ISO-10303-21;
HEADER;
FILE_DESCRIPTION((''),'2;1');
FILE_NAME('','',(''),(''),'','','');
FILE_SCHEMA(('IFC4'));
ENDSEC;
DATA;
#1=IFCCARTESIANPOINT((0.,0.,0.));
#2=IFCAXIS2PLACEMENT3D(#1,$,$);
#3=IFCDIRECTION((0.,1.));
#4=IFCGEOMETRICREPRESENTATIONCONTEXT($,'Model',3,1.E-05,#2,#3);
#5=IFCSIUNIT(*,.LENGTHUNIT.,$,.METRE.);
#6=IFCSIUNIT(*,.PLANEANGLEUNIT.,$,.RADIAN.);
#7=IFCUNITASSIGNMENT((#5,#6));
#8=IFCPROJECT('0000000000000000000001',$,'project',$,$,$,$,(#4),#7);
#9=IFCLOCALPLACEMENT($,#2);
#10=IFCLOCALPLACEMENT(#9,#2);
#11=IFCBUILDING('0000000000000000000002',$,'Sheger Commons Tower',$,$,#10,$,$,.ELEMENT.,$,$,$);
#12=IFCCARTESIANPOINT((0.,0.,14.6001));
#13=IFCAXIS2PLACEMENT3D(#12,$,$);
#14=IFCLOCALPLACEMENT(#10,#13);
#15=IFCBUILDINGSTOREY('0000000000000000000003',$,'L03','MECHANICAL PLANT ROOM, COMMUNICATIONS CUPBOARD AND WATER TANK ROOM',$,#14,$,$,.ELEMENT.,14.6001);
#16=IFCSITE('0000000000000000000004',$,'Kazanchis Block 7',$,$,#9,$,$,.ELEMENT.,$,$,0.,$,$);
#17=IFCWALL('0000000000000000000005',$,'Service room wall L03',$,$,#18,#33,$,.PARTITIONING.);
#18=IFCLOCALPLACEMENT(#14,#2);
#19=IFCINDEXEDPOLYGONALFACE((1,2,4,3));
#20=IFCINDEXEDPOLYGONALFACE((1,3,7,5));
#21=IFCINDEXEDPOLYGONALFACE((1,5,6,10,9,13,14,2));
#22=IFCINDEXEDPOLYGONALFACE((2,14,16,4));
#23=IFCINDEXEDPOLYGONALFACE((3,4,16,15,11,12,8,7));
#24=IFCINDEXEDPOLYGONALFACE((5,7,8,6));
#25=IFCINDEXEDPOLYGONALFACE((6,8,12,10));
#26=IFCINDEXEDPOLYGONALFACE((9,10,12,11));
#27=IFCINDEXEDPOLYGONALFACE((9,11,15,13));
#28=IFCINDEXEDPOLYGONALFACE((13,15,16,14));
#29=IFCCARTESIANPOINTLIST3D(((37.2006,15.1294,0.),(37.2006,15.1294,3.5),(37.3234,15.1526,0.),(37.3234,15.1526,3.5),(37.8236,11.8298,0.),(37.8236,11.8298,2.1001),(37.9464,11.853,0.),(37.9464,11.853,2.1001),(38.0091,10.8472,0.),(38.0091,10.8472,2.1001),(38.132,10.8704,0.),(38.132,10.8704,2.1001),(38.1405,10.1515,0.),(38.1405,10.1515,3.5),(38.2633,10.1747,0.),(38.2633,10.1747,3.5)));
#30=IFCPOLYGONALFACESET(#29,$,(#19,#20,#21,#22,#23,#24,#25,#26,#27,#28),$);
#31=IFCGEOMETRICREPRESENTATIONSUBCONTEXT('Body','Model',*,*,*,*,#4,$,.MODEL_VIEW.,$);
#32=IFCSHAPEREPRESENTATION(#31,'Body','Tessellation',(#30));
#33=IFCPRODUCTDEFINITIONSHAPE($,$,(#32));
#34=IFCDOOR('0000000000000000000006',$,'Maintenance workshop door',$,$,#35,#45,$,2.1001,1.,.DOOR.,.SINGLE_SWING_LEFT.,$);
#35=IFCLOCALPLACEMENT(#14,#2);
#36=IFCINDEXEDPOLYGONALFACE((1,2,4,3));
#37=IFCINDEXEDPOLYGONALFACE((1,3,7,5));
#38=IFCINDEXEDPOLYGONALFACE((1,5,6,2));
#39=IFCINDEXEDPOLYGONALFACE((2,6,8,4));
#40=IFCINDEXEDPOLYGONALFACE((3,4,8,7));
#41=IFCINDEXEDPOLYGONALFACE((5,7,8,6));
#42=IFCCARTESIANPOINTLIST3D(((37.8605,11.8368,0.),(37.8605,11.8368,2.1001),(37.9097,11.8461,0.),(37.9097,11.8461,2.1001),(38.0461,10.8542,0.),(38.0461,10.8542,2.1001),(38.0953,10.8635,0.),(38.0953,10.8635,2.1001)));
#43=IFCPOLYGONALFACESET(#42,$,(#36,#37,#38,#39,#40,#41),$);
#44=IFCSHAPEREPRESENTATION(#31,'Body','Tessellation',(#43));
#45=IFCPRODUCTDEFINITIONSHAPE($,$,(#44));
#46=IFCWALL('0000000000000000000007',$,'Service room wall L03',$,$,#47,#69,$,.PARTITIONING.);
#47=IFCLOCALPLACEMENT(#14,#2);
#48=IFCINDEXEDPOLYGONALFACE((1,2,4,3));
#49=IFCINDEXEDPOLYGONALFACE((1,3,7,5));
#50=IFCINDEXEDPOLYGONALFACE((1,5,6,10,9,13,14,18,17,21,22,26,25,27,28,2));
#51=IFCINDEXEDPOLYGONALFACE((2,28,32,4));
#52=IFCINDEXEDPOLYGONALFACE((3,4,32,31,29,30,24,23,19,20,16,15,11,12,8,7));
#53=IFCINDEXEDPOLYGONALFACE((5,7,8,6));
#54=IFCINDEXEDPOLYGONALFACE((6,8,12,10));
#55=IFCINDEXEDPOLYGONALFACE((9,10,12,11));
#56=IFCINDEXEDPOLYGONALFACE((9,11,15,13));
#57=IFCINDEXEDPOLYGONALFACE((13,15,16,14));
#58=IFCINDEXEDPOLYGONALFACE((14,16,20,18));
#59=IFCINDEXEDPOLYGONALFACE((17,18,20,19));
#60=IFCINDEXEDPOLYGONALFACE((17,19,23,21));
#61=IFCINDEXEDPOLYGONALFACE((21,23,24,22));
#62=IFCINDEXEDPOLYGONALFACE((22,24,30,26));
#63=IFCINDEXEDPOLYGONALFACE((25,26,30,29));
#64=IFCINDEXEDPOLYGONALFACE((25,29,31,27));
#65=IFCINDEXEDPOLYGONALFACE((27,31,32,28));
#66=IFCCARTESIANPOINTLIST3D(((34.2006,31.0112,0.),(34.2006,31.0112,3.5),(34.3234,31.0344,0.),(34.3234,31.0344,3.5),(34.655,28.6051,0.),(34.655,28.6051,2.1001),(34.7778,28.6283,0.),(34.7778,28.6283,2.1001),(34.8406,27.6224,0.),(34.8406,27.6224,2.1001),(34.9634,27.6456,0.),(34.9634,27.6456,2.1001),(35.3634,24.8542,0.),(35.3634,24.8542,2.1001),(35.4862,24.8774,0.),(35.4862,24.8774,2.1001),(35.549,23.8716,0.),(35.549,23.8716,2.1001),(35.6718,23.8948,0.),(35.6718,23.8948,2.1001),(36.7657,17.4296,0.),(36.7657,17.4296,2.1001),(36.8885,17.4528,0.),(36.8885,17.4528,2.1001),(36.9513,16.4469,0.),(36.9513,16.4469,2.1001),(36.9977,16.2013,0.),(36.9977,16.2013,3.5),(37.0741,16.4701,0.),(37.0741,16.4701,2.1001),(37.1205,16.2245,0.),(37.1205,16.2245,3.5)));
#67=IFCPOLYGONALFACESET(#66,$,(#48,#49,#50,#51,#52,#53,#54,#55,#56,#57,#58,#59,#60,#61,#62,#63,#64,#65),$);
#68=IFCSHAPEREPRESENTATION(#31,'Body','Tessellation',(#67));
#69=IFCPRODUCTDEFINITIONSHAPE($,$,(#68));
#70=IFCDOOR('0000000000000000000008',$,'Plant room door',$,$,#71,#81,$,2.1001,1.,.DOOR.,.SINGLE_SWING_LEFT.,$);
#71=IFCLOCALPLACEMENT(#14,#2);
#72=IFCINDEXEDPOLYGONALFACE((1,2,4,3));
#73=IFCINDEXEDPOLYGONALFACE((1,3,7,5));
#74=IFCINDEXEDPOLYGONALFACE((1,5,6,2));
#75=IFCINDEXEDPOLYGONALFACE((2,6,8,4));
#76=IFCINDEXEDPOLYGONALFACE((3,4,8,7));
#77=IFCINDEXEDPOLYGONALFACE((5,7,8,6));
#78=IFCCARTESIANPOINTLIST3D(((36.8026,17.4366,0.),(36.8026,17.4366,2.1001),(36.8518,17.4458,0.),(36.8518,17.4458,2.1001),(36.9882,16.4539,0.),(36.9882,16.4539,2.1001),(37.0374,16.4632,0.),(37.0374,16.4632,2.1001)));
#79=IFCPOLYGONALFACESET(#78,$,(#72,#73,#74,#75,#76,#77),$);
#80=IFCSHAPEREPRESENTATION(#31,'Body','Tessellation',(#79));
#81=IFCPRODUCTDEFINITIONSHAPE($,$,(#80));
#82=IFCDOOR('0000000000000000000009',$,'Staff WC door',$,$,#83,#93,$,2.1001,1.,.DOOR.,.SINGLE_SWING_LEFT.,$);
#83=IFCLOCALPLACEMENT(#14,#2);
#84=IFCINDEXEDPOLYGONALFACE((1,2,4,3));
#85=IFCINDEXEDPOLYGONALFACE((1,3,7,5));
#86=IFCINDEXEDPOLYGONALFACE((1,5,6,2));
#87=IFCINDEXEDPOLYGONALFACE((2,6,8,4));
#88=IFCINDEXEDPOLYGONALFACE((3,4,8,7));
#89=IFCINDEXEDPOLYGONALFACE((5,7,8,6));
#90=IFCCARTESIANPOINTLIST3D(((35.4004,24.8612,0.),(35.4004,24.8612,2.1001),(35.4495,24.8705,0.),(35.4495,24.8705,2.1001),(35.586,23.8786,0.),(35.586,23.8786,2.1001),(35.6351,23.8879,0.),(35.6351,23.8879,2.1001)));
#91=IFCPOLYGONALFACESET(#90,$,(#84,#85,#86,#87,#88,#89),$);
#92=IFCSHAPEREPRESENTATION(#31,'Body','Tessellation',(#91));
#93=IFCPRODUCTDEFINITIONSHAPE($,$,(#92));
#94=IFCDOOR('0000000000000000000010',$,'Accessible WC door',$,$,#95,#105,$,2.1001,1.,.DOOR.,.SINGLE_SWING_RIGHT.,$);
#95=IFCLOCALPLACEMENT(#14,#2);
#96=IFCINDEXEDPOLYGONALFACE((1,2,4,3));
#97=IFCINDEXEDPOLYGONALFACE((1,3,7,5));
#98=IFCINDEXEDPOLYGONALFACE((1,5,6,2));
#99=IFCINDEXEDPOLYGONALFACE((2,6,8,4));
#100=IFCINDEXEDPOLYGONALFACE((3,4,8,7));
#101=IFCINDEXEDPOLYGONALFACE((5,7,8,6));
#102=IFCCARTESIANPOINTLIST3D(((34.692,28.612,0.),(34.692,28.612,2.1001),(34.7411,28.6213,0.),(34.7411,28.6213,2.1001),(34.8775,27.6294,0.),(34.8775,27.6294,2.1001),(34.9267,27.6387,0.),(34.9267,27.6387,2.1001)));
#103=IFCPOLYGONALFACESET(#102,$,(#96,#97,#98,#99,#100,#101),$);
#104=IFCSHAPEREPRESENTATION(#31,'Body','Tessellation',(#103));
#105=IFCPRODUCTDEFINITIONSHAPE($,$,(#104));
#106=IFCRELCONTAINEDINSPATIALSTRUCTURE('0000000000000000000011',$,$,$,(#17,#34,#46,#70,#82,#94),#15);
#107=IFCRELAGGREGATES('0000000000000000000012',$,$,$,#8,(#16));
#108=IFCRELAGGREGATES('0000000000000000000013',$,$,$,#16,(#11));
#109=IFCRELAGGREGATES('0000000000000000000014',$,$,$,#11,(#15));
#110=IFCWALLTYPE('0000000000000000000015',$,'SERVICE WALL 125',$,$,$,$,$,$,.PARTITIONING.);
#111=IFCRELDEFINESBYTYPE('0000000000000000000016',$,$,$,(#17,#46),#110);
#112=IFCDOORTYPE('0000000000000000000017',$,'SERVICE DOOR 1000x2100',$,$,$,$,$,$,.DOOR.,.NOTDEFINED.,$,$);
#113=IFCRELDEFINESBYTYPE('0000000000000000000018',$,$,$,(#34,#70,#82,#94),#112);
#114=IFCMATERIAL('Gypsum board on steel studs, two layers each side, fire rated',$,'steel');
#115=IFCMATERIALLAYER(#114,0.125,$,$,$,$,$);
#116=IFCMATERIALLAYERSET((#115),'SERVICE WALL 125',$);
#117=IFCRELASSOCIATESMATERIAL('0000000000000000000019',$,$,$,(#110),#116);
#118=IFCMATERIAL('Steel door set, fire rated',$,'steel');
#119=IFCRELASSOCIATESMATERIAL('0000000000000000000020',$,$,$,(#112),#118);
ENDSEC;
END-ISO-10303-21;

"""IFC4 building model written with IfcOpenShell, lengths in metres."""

from ifc_helpers import new_model, si_unit, direction, frame, frame_2d, origin, place, context, subcontext, project, spatial, rectangle, extrude, material, layer, layer_set, type_object, element, fill, save


model = new_model("IFC4")

# Units and contexts
model_context = context("Model", 3, precision=1e-05, world=origin(), true_north=direction((0.0, 1.0)))
body_context = subcontext(model_context, "Body", "Model", "MODEL_VIEW")
ifc_project = project(units=[si_unit("LENGTHUNIT", "METRE"), si_unit("PLANEANGLEUNIT", "RADIAN")], contexts=[model_context])

# Site, building, storey
site_placement = place(None, origin())
site = spatial("IfcSite", under=ifc_project, at=site_placement, Name="Kazanchis Block 7", CompositionType="ELEMENT", RefElevation=0.0)
building_placement = place(site_placement, origin())
building = spatial("IfcBuilding", under=site, at=building_placement, Name="Sheger Commons Tower", CompositionType="ELEMENT")
storey_placement = place(building_placement, frame((0.0, 0.0, 14.6001)))
storey = spatial("IfcBuildingStorey", under=building, at=storey_placement, Name="L03", Description="MECHANICAL PLANT ROOM, COMMUNICATIONS CUPBOARD AND WATER TANK ROOM", CompositionType="ELEMENT", Elevation=14.6001)

# Wall, opening, door
ifc_material_1 = material(Name="Gypsum board on steel studs, two layers each side, fire rated", Category="steel")
ifc_layer_1 = layer(ifc_material_1, 0.125)
ifc_layer_set_1 = layer_set([ifc_layer_1], Name="SERVICE WALL 125")
wall_type_1 = type_object("IfcWallType", Name="SERVICE WALL 125", PredefinedType="PARTITIONING", material=ifc_layer_set_1)
wall_1_placement = place(storey_placement, frame((38.2019, 10.1631, 0.0), z_axis=(0.0, 0.0, 1.0), x_axis=(-0.18554, 0.982637, 0.0)))
wall_1 = element("IfcWall", 1, at=wall_1_placement, inside=storey, type_object=wall_type_1, Name="Service room wall L03", PredefinedType="PARTITIONING", context=body_context, shape_type="SweptSolid", body=[
    extrude(rectangle(XDim=5.0659, YDim=0.125, at=frame_2d((2.533, 0.0))), origin(), (0.0, 0.0, 1.0), 3.5),
])
opening_1_placement = place(wall_1_placement, frame((0.708, 0.0, 0.0)))
opening_1 = element("IfcOpeningElement", 2, at=opening_1_placement, cuts=wall_1, PredefinedType="OPENING", context=body_context, shape_type="SweptSolid", body=[
    extrude(rectangle(XDim=1.0, YDim=2.1001, at=frame_2d((0.5, 1.05))), frame((0.0, 0.0725, 0.0), z_axis=(0.0, -1.0, 0.0), x_axis=(1.0, 0.0, 0.0)), (0.0, 0.0, 1.0), 0.145),
])
ifc_material_2 = material(Name="Steel door set, fire rated", Category="steel")
door_type = type_object("IfcDoorType", Name="SERVICE DOOR 1000x2100", OperationType="NOTDEFINED", PredefinedType="DOOR", material=ifc_material_2)
door_1_placement = place(opening_1_placement, origin())
door_1 = element("IfcDoor", 3, at=door_1_placement, inside=storey, type_object=door_type, Name="Maintenance workshop door", OperationType="SINGLE_SWING_LEFT", OverallHeight=2.1001, OverallWidth=1.0, PredefinedType="DOOR", context=body_context, shape_type="SweptSolid", body=[
    extrude(rectangle(XDim=1.0, YDim=2.1001, at=frame_2d((0.5, 1.05))), frame((0.0, 0.0249, 0.0), z_axis=(0.0, -1.0, 0.0), x_axis=(1.0, 0.0, 0.0)), (0.0, 0.0, 1.0), 0.05),
])
fill(opening_1, door_1)

# Wall, openings, doors
wall_2_placement = place(storey_placement, frame((37.0591, 16.2129, 0.0), z_axis=(0.0, 0.0, 1.0), x_axis=(-0.185585, 0.982628, 0.0)))
wall_2 = element("IfcWall", 4, at=wall_2_placement, inside=storey, type_object=wall_type_1, Name="Service room wall L03", PredefinedType="PARTITIONING", context=body_context, shape_type="SweptSolid", body=[
    extrude(rectangle(XDim=15.0718, YDim=0.125, at=frame_2d((7.5359, 0.0))), origin(), (0.0, 0.0, 1.0), 3.5),
])
opening_2_placement = place(wall_2_placement, frame((0.25, 0.0, 0.0)))
opening_2 = element("IfcOpeningElement", 5, at=opening_2_placement, cuts=wall_2, PredefinedType="OPENING", context=body_context, shape_type="SweptSolid", body=[
    extrude(rectangle(XDim=1.0, YDim=2.1001, at=frame_2d((0.5, 1.05))), frame((0.0, 0.0725, 0.0), z_axis=(0.0, -1.0, 0.0), x_axis=(1.0, 0.0, 0.0)), (0.0, 0.0, 1.0), 0.145),
])
opening_3_placement = place(wall_2_placement, frame((7.8059, 0.0, 0.0)))
opening_3 = element("IfcOpeningElement", 6, at=opening_3_placement, cuts=wall_2, PredefinedType="OPENING", context=body_context, shape_type="SweptSolid", body=[
    extrude(rectangle(XDim=1.0, YDim=2.1001, at=frame_2d((0.5, 1.05))), frame((0.0, 0.0725, 0.0), z_axis=(0.0, -1.0, 0.0), x_axis=(1.0, 0.0, 0.0)), (0.0, 0.0, 1.0), 0.145),
])
opening_4_placement = place(wall_2_placement, frame((11.623, 0.0, 0.0)))
opening_4 = element("IfcOpeningElement", 7, at=opening_4_placement, cuts=wall_2, PredefinedType="OPENING", context=body_context, shape_type="SweptSolid", body=[
    extrude(rectangle(XDim=1.0, YDim=2.1001, at=frame_2d((0.5, 1.05))), frame((0.0, 0.0725, 0.0), z_axis=(0.0, -1.0, 0.0), x_axis=(1.0, 0.0, 0.0)), (0.0, 0.0, 1.0), 0.145),
])
door_2_placement = place(opening_2_placement, origin())
door_2 = element("IfcDoor", 8, at=door_2_placement, inside=storey, type_object=door_type, Name="Plant room door", OperationType="SINGLE_SWING_LEFT", OverallHeight=2.1001, OverallWidth=1.0, PredefinedType="DOOR", context=body_context, shape_type="SweptSolid", body=[
    extrude(rectangle(XDim=1.0, YDim=2.1001, at=frame_2d((0.5, 1.05))), frame((0.0, 0.0249, 0.0), z_axis=(0.0, -1.0, 0.0), x_axis=(1.0, 0.0, 0.0)), (0.0, 0.0, 1.0), 0.05),
])
fill(opening_2, door_2)
door_3_placement = place(opening_3_placement, origin())
door_3 = element("IfcDoor", 9, at=door_3_placement, inside=storey, type_object=door_type, Name="Staff WC door", OperationType="SINGLE_SWING_LEFT", OverallHeight=2.1001, OverallWidth=1.0, PredefinedType="DOOR", context=body_context, shape_type="SweptSolid", body=[
    extrude(rectangle(XDim=1.0, YDim=2.1001, at=frame_2d((0.5, 1.05))), frame((0.0, 0.0249, 0.0), z_axis=(0.0, -1.0, 0.0), x_axis=(1.0, 0.0, 0.0)), (0.0, 0.0, 1.0), 0.05),
])
fill(opening_3, door_3)
door_4_placement = place(opening_4_placement, origin())
door_4 = element("IfcDoor", 10, at=door_4_placement, inside=storey, type_object=door_type, Name="Accessible WC door", OperationType="SINGLE_SWING_RIGHT", OverallHeight=2.1001, OverallWidth=1.0, PredefinedType="DOOR", context=body_context, shape_type="SweptSolid", body=[
    extrude(rectangle(XDim=1.0, YDim=2.1001, at=frame_2d((0.5, 1.05))), frame((0.0, 0.0249, 0.0), z_axis=(0.0, -1.0, 0.0), x_axis=(1.0, 0.0, 0.0)), (0.0, 0.0, 1.0), 0.05),
])
fill(opening_4, door_4)

save(model, "model.ifc")
